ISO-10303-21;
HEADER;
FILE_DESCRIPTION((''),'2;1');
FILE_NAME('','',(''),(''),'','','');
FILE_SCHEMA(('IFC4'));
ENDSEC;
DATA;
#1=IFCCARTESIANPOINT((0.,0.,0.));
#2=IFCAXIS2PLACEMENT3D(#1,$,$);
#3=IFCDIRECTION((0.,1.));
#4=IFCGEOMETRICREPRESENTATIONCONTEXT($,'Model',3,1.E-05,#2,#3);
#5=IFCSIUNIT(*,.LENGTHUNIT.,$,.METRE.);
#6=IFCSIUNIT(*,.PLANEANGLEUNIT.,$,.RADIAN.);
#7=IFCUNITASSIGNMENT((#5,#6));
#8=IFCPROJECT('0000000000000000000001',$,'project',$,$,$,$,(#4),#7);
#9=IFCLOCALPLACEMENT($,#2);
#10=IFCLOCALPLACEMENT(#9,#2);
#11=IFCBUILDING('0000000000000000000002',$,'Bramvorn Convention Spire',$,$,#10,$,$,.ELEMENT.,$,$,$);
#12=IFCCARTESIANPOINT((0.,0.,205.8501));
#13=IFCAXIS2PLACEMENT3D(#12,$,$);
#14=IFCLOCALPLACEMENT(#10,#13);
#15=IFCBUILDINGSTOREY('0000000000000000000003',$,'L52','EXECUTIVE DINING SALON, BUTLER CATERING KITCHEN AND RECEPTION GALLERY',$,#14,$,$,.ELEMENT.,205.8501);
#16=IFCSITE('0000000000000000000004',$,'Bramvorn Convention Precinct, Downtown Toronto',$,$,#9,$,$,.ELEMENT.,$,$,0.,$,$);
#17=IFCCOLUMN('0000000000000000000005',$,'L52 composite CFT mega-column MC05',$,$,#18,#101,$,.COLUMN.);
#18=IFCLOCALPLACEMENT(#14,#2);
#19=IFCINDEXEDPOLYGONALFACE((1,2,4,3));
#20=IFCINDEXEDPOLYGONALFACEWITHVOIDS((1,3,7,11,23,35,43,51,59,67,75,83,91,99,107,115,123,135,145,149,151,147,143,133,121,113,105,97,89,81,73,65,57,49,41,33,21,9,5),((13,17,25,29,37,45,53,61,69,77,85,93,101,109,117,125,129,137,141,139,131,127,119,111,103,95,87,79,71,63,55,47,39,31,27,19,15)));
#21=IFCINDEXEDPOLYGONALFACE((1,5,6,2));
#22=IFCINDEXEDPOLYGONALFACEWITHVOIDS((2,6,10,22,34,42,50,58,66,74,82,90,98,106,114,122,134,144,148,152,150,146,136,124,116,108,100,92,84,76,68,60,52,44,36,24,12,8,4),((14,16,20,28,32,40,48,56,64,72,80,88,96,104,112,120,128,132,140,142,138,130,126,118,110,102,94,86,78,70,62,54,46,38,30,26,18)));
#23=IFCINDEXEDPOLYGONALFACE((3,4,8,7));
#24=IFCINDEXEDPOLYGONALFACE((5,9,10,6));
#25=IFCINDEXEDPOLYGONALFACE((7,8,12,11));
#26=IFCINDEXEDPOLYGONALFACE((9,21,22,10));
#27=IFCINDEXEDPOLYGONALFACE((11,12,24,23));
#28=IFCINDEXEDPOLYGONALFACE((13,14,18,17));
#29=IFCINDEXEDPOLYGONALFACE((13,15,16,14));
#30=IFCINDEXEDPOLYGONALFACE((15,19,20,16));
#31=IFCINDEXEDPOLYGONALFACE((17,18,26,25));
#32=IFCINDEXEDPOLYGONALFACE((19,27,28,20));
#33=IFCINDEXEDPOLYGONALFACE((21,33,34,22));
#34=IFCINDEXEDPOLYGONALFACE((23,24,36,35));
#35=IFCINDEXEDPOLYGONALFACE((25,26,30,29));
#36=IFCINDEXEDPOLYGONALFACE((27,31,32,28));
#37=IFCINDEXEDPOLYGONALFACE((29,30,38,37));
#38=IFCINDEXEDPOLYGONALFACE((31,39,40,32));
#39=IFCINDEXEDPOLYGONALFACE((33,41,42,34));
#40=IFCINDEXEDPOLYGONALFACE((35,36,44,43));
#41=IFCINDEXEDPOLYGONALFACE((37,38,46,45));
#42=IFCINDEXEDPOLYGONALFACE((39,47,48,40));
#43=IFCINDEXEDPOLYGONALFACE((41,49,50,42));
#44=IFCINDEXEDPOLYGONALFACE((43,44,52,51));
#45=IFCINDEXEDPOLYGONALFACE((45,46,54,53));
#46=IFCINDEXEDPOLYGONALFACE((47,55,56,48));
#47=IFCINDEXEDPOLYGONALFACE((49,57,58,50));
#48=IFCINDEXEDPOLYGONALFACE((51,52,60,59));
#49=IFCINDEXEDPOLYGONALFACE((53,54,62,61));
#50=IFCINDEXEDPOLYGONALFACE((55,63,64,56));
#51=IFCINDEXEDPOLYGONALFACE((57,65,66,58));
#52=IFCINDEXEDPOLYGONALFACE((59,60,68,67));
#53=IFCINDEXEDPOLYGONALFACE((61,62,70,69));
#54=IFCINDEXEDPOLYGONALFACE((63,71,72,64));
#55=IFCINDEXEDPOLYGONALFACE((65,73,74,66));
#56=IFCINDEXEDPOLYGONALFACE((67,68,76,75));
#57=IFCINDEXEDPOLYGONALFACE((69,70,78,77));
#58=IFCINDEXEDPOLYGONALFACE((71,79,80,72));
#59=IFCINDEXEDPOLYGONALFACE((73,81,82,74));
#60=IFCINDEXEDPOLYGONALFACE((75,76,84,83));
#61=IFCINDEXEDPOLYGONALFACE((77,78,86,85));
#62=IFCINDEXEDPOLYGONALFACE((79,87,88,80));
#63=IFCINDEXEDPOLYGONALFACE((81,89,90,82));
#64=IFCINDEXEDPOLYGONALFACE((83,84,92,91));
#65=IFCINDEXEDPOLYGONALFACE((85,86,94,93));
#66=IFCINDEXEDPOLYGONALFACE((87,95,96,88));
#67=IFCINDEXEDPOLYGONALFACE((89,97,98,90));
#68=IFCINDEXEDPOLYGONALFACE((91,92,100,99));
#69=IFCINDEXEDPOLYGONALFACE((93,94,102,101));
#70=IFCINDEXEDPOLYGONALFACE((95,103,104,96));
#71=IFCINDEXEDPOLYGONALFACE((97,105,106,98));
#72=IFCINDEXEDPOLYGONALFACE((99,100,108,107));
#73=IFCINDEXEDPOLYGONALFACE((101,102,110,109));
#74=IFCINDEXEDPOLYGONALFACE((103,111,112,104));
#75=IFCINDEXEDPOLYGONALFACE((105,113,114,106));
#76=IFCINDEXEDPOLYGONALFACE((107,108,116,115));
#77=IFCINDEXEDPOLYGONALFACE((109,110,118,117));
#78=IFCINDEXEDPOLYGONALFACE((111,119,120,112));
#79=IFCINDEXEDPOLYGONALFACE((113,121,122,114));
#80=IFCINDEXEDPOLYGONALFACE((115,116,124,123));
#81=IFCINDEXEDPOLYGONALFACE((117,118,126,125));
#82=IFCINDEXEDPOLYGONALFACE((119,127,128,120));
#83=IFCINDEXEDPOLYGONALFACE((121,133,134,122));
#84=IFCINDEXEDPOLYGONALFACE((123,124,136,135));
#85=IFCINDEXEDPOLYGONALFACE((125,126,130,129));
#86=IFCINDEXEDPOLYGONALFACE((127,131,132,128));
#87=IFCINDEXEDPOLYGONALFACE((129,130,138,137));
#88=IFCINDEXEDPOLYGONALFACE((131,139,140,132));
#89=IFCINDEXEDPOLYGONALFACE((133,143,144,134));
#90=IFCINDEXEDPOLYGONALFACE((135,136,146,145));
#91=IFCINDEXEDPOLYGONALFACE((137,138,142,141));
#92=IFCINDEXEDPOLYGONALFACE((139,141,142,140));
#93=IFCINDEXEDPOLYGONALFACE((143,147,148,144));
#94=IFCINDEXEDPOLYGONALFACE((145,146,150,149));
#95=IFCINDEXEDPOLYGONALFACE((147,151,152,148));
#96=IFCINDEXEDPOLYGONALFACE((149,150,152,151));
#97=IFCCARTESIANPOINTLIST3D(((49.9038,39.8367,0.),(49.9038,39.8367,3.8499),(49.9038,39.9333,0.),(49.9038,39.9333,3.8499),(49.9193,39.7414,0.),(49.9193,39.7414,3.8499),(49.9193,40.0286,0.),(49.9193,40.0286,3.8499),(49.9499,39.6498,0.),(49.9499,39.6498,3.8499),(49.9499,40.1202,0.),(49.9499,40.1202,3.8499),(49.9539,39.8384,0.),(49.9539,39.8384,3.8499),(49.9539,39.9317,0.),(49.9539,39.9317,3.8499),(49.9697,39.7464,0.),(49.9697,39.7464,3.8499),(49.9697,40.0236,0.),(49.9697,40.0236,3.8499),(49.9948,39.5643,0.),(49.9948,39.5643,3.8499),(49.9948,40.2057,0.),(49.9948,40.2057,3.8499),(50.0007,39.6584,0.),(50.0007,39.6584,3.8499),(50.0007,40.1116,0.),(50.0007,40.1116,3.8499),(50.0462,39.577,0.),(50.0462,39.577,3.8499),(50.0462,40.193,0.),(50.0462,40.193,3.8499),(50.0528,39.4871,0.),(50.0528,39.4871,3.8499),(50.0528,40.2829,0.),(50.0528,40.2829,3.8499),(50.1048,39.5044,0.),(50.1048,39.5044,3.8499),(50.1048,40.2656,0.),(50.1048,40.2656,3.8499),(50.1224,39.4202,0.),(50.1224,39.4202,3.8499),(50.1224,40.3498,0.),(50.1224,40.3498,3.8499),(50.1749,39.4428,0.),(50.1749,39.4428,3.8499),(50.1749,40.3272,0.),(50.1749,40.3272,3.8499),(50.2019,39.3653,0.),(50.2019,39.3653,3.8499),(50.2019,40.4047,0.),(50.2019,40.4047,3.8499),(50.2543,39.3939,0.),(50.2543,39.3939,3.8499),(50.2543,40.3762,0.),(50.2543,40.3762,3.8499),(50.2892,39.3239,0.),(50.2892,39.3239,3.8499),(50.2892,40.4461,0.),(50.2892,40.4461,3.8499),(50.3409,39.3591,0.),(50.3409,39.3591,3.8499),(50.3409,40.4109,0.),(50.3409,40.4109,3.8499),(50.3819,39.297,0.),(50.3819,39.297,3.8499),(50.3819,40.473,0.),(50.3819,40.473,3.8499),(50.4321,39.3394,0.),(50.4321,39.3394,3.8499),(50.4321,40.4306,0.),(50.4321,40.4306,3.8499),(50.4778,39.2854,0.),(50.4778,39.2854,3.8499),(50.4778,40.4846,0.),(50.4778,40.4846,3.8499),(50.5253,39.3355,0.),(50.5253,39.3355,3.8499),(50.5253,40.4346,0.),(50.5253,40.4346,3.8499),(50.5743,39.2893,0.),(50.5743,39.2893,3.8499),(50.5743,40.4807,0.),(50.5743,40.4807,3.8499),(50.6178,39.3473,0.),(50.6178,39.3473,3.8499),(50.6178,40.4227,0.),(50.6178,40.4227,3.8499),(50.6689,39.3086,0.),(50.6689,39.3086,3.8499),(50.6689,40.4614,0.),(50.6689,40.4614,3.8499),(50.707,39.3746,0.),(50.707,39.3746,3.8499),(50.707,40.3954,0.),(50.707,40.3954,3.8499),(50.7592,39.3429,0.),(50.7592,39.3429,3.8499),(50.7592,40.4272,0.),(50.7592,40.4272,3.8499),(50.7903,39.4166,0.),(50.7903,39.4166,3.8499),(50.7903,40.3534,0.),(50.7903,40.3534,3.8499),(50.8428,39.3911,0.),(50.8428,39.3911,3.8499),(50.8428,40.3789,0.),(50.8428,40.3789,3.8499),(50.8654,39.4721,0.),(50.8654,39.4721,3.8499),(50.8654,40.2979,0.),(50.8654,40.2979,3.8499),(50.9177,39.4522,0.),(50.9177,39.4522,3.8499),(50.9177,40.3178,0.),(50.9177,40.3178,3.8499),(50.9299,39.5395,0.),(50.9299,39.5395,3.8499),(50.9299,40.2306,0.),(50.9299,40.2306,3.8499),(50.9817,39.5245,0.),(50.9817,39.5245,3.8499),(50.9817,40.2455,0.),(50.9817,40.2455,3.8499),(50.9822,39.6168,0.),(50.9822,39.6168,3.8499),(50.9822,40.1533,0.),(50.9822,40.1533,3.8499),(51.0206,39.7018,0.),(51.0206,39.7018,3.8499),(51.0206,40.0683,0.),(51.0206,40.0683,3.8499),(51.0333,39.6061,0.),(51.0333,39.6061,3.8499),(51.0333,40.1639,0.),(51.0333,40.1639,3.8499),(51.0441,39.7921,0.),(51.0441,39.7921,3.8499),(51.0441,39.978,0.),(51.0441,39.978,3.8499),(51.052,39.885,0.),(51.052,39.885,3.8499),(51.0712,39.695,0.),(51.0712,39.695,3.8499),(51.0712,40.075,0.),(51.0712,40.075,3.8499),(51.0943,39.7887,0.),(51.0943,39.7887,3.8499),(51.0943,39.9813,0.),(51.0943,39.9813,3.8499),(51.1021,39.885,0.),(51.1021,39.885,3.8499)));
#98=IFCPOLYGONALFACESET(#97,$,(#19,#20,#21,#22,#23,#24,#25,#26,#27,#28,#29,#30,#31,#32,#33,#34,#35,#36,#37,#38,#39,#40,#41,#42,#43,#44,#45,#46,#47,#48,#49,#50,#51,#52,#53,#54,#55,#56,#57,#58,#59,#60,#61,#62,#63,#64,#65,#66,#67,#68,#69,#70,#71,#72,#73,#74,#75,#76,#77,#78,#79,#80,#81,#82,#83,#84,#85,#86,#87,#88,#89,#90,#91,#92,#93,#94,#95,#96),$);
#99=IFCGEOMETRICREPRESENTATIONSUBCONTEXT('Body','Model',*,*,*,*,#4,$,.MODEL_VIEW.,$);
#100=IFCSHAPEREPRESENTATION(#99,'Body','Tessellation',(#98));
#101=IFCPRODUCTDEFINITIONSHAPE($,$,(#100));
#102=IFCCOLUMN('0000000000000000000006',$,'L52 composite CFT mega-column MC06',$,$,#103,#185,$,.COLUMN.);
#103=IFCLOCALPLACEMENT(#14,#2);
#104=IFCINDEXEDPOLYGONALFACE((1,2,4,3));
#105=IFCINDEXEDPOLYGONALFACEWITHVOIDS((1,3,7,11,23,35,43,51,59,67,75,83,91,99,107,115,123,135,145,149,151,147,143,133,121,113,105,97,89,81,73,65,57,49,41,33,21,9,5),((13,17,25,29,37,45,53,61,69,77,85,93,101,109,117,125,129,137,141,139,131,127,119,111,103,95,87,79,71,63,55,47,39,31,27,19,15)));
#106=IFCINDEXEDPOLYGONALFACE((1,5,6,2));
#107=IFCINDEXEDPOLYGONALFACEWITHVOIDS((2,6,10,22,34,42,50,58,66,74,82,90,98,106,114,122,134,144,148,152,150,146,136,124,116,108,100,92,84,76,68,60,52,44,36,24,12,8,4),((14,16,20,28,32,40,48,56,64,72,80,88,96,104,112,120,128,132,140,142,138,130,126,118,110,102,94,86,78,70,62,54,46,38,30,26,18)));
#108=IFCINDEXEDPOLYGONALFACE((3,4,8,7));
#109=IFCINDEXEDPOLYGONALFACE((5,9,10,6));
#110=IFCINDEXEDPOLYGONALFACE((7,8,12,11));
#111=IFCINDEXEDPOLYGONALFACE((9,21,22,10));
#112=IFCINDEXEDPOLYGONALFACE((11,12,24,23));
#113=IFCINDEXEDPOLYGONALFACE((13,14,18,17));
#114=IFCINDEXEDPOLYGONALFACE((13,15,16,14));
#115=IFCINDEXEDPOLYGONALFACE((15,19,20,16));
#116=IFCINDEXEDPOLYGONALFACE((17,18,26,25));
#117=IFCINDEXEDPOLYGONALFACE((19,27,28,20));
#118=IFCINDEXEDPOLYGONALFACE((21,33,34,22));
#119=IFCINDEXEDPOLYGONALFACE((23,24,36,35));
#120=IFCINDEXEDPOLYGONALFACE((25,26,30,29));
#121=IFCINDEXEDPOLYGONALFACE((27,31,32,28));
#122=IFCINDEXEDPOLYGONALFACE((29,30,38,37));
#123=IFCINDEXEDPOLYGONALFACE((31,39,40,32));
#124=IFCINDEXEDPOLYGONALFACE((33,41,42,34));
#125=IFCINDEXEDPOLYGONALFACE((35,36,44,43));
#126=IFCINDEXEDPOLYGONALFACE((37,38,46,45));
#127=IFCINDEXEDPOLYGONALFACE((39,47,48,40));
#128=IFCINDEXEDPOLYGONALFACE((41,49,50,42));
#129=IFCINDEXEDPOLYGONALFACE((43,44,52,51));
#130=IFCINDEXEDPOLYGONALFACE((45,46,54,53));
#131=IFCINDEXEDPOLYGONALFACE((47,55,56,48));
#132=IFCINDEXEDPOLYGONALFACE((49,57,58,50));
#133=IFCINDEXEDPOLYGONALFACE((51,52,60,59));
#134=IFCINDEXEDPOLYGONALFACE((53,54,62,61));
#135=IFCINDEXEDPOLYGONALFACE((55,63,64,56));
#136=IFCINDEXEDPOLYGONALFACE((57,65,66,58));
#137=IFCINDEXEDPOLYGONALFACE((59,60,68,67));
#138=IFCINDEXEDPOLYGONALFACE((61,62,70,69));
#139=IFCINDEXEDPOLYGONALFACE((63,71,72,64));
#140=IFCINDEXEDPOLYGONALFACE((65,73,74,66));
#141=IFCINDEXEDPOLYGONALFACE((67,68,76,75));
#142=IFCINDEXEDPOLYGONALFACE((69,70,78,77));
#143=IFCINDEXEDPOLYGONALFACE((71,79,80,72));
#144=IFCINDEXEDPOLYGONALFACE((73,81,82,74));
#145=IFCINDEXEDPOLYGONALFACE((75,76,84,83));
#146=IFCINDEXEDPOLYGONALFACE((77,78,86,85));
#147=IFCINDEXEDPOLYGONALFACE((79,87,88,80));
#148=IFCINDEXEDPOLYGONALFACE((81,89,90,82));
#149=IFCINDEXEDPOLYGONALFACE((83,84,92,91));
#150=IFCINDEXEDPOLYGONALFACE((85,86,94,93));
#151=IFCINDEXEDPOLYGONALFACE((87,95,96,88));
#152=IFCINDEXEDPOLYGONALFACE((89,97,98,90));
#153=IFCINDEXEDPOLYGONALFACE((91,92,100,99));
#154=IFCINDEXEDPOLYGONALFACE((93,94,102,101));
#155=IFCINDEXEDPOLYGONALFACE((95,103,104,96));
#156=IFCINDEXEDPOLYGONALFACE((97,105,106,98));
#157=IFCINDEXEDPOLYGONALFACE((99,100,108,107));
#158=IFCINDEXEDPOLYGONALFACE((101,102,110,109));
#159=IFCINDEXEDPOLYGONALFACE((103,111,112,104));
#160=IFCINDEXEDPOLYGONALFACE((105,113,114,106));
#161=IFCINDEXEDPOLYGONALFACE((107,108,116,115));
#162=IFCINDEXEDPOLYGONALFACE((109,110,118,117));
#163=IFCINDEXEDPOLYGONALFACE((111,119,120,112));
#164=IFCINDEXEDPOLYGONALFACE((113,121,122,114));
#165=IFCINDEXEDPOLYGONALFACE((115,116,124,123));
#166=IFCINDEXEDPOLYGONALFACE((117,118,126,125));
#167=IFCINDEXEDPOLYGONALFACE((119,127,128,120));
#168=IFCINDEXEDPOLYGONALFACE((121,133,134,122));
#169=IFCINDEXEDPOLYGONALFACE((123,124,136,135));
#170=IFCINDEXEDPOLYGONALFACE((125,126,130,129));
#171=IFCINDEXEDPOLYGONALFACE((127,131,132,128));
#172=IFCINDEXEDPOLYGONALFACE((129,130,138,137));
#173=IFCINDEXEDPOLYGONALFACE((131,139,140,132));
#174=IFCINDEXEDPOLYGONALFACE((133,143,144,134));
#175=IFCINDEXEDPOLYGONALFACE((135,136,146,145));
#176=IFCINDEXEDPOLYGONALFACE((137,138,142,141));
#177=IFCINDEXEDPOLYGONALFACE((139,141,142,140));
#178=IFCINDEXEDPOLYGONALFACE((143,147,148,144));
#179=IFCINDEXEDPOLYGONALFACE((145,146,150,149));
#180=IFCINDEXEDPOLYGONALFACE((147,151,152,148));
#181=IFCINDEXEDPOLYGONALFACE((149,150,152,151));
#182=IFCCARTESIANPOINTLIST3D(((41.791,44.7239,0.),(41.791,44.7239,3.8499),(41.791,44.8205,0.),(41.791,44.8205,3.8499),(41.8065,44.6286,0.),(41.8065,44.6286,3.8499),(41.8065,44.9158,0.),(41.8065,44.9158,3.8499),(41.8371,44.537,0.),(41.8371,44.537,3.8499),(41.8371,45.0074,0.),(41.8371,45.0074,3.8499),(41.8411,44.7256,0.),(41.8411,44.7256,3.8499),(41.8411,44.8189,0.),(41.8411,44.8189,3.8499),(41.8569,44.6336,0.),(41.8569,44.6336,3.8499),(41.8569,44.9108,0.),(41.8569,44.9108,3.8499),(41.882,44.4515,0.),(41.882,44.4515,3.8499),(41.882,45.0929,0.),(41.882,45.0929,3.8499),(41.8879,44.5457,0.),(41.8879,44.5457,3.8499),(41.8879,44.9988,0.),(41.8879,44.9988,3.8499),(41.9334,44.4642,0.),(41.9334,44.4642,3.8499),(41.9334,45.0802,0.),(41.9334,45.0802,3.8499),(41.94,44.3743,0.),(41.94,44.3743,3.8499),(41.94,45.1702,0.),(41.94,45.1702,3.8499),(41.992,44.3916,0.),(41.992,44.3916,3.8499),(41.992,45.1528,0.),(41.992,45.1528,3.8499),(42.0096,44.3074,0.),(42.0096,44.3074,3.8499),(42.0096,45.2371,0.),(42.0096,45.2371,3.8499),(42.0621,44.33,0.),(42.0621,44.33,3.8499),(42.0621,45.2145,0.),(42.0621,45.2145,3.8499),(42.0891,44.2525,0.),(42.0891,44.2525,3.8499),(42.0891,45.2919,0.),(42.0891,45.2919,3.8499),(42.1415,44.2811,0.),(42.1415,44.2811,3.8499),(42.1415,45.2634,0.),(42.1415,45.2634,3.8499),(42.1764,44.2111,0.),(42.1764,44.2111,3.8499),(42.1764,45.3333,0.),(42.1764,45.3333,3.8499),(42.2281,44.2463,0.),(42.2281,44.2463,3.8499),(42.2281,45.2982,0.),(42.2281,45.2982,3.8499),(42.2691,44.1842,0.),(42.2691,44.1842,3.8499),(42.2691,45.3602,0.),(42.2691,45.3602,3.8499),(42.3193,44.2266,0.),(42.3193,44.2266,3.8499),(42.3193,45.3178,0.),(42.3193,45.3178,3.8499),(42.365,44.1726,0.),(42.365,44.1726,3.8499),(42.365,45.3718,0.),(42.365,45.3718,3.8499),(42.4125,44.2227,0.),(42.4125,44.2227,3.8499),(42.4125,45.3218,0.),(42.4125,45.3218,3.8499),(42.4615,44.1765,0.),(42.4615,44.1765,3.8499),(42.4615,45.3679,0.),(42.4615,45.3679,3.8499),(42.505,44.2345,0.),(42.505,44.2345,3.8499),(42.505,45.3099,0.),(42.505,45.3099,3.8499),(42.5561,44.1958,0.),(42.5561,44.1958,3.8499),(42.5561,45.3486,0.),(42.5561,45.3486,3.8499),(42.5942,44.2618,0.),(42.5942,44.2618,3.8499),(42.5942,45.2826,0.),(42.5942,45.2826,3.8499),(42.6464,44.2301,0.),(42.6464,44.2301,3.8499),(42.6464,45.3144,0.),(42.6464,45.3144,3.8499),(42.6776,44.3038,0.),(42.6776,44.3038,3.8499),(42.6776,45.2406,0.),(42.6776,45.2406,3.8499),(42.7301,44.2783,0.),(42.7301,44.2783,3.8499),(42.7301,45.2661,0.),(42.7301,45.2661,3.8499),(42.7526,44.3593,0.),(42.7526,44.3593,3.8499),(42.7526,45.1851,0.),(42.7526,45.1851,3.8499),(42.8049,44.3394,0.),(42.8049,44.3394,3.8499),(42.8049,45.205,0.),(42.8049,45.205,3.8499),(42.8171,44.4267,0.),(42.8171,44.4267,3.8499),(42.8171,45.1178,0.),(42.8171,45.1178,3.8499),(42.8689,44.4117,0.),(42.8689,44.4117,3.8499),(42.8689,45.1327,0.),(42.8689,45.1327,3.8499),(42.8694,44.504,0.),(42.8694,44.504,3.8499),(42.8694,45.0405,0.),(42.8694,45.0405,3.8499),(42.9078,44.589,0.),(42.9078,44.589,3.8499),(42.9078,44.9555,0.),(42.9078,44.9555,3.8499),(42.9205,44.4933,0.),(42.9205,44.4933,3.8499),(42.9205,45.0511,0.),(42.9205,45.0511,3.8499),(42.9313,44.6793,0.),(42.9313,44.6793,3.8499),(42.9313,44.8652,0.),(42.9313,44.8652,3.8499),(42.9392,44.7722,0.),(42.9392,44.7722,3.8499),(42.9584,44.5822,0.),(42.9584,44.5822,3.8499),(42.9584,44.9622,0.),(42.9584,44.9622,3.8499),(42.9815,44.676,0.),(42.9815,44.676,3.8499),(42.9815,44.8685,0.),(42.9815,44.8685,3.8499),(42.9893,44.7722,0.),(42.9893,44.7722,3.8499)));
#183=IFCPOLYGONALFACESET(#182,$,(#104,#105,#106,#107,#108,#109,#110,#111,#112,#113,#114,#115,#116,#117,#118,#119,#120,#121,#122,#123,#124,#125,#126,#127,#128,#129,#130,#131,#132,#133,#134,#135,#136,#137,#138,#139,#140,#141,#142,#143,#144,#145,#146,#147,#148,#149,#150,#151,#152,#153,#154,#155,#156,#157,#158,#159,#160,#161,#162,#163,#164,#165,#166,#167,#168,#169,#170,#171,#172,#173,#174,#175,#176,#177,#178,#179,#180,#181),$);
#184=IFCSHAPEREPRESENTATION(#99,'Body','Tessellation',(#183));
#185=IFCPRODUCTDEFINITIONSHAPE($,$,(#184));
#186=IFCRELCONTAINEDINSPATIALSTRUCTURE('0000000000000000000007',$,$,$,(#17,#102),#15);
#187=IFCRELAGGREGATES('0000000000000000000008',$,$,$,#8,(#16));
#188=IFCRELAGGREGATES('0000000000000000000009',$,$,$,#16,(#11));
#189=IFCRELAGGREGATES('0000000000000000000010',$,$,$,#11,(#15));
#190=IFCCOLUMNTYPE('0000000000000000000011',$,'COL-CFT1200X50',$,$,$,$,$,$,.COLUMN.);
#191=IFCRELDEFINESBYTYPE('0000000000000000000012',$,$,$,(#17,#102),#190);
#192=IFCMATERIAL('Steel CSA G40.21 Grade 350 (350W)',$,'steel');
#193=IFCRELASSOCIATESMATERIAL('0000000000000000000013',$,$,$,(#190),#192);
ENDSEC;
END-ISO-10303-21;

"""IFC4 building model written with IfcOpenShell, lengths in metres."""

from ifc_helpers import new_model, si_unit, direction, frame, origin, origin_2d, place, context, subcontext, project, spatial, hollow_circle, extrude, material, material_profile, profile_set, type_object, element, save


model = new_model("IFC4")

# Units and contexts
model_context = context("Model", 3, precision=1e-05, world=origin(), true_north=direction((0.0, 1.0)))
body_context = subcontext(model_context, "Body", "Model", "MODEL_VIEW")
ifc_project = project(units=[si_unit("LENGTHUNIT", "METRE"), si_unit("PLANEANGLEUNIT", "RADIAN")], contexts=[model_context])

# Site, building, storey
site_placement = place(None, origin())
site = spatial("IfcSite", under=ifc_project, at=site_placement, Name="Bramvorn Convention Precinct, Downtown Toronto", CompositionType="ELEMENT", RefElevation=0.0)
building_placement = place(site_placement, origin())
building = spatial("IfcBuilding", under=site, at=building_placement, Name="Bramvorn Convention Spire", CompositionType="ELEMENT")
storey_placement = place(building_placement, frame((0.0, 0.0, 205.8501)))
storey = spatial("IfcBuildingStorey", under=building, at=storey_placement, Name="L52", Description="EXECUTIVE DINING SALON, BUTLER CATERING KITCHEN AND RECEPTION GALLERY", CompositionType="ELEMENT", Elevation=205.8501)

# Columns
ifc_material_1 = material(Name="Steel CSA G40.21 Grade 350 (350W)", Category="steel")
ifc_material_profile_1 = material_profile(ifc_material_1, hollow_circle(Radius=0.6001, WallThickness=0.05, at=origin_2d()))
ifc_profile_set_1 = profile_set([ifc_material_profile_1], Name="Steel CSA G40.21 Grade 350 (350W) - CFT1200X50")
column_type = type_object("IfcColumnType", Name="COL-CFT1200X50", PredefinedType="COLUMN", material=ifc_profile_set_1)
for number, where, z_axis, x_axis, name in (
    (1, (50.502, 39.885, 0.0), (0.0, 0.0, 1.0), (1.0, 0.0, 0.0), "L52 composite CFT mega-column MC05"),
    (2, (42.3892, 44.7722, 0.0), (0.0, 0.0, 1.0), (1.0, 0.0, 0.0), "L52 composite CFT mega-column MC06"),
):
    element("IfcColumn", number, at=place(storey_placement, frame(where, z_axis=z_axis, x_axis=x_axis)), inside=storey, type_object=column_type, Name=name, PredefinedType="COLUMN", context=body_context, shape_type="SweptSolid", body=[
        extrude(hollow_circle(Radius=0.6001, WallThickness=0.05, at=origin_2d()), origin(), (0.0, 0.0, 1.0), 3.8499),
    ])

save(model, "model.ifc")
